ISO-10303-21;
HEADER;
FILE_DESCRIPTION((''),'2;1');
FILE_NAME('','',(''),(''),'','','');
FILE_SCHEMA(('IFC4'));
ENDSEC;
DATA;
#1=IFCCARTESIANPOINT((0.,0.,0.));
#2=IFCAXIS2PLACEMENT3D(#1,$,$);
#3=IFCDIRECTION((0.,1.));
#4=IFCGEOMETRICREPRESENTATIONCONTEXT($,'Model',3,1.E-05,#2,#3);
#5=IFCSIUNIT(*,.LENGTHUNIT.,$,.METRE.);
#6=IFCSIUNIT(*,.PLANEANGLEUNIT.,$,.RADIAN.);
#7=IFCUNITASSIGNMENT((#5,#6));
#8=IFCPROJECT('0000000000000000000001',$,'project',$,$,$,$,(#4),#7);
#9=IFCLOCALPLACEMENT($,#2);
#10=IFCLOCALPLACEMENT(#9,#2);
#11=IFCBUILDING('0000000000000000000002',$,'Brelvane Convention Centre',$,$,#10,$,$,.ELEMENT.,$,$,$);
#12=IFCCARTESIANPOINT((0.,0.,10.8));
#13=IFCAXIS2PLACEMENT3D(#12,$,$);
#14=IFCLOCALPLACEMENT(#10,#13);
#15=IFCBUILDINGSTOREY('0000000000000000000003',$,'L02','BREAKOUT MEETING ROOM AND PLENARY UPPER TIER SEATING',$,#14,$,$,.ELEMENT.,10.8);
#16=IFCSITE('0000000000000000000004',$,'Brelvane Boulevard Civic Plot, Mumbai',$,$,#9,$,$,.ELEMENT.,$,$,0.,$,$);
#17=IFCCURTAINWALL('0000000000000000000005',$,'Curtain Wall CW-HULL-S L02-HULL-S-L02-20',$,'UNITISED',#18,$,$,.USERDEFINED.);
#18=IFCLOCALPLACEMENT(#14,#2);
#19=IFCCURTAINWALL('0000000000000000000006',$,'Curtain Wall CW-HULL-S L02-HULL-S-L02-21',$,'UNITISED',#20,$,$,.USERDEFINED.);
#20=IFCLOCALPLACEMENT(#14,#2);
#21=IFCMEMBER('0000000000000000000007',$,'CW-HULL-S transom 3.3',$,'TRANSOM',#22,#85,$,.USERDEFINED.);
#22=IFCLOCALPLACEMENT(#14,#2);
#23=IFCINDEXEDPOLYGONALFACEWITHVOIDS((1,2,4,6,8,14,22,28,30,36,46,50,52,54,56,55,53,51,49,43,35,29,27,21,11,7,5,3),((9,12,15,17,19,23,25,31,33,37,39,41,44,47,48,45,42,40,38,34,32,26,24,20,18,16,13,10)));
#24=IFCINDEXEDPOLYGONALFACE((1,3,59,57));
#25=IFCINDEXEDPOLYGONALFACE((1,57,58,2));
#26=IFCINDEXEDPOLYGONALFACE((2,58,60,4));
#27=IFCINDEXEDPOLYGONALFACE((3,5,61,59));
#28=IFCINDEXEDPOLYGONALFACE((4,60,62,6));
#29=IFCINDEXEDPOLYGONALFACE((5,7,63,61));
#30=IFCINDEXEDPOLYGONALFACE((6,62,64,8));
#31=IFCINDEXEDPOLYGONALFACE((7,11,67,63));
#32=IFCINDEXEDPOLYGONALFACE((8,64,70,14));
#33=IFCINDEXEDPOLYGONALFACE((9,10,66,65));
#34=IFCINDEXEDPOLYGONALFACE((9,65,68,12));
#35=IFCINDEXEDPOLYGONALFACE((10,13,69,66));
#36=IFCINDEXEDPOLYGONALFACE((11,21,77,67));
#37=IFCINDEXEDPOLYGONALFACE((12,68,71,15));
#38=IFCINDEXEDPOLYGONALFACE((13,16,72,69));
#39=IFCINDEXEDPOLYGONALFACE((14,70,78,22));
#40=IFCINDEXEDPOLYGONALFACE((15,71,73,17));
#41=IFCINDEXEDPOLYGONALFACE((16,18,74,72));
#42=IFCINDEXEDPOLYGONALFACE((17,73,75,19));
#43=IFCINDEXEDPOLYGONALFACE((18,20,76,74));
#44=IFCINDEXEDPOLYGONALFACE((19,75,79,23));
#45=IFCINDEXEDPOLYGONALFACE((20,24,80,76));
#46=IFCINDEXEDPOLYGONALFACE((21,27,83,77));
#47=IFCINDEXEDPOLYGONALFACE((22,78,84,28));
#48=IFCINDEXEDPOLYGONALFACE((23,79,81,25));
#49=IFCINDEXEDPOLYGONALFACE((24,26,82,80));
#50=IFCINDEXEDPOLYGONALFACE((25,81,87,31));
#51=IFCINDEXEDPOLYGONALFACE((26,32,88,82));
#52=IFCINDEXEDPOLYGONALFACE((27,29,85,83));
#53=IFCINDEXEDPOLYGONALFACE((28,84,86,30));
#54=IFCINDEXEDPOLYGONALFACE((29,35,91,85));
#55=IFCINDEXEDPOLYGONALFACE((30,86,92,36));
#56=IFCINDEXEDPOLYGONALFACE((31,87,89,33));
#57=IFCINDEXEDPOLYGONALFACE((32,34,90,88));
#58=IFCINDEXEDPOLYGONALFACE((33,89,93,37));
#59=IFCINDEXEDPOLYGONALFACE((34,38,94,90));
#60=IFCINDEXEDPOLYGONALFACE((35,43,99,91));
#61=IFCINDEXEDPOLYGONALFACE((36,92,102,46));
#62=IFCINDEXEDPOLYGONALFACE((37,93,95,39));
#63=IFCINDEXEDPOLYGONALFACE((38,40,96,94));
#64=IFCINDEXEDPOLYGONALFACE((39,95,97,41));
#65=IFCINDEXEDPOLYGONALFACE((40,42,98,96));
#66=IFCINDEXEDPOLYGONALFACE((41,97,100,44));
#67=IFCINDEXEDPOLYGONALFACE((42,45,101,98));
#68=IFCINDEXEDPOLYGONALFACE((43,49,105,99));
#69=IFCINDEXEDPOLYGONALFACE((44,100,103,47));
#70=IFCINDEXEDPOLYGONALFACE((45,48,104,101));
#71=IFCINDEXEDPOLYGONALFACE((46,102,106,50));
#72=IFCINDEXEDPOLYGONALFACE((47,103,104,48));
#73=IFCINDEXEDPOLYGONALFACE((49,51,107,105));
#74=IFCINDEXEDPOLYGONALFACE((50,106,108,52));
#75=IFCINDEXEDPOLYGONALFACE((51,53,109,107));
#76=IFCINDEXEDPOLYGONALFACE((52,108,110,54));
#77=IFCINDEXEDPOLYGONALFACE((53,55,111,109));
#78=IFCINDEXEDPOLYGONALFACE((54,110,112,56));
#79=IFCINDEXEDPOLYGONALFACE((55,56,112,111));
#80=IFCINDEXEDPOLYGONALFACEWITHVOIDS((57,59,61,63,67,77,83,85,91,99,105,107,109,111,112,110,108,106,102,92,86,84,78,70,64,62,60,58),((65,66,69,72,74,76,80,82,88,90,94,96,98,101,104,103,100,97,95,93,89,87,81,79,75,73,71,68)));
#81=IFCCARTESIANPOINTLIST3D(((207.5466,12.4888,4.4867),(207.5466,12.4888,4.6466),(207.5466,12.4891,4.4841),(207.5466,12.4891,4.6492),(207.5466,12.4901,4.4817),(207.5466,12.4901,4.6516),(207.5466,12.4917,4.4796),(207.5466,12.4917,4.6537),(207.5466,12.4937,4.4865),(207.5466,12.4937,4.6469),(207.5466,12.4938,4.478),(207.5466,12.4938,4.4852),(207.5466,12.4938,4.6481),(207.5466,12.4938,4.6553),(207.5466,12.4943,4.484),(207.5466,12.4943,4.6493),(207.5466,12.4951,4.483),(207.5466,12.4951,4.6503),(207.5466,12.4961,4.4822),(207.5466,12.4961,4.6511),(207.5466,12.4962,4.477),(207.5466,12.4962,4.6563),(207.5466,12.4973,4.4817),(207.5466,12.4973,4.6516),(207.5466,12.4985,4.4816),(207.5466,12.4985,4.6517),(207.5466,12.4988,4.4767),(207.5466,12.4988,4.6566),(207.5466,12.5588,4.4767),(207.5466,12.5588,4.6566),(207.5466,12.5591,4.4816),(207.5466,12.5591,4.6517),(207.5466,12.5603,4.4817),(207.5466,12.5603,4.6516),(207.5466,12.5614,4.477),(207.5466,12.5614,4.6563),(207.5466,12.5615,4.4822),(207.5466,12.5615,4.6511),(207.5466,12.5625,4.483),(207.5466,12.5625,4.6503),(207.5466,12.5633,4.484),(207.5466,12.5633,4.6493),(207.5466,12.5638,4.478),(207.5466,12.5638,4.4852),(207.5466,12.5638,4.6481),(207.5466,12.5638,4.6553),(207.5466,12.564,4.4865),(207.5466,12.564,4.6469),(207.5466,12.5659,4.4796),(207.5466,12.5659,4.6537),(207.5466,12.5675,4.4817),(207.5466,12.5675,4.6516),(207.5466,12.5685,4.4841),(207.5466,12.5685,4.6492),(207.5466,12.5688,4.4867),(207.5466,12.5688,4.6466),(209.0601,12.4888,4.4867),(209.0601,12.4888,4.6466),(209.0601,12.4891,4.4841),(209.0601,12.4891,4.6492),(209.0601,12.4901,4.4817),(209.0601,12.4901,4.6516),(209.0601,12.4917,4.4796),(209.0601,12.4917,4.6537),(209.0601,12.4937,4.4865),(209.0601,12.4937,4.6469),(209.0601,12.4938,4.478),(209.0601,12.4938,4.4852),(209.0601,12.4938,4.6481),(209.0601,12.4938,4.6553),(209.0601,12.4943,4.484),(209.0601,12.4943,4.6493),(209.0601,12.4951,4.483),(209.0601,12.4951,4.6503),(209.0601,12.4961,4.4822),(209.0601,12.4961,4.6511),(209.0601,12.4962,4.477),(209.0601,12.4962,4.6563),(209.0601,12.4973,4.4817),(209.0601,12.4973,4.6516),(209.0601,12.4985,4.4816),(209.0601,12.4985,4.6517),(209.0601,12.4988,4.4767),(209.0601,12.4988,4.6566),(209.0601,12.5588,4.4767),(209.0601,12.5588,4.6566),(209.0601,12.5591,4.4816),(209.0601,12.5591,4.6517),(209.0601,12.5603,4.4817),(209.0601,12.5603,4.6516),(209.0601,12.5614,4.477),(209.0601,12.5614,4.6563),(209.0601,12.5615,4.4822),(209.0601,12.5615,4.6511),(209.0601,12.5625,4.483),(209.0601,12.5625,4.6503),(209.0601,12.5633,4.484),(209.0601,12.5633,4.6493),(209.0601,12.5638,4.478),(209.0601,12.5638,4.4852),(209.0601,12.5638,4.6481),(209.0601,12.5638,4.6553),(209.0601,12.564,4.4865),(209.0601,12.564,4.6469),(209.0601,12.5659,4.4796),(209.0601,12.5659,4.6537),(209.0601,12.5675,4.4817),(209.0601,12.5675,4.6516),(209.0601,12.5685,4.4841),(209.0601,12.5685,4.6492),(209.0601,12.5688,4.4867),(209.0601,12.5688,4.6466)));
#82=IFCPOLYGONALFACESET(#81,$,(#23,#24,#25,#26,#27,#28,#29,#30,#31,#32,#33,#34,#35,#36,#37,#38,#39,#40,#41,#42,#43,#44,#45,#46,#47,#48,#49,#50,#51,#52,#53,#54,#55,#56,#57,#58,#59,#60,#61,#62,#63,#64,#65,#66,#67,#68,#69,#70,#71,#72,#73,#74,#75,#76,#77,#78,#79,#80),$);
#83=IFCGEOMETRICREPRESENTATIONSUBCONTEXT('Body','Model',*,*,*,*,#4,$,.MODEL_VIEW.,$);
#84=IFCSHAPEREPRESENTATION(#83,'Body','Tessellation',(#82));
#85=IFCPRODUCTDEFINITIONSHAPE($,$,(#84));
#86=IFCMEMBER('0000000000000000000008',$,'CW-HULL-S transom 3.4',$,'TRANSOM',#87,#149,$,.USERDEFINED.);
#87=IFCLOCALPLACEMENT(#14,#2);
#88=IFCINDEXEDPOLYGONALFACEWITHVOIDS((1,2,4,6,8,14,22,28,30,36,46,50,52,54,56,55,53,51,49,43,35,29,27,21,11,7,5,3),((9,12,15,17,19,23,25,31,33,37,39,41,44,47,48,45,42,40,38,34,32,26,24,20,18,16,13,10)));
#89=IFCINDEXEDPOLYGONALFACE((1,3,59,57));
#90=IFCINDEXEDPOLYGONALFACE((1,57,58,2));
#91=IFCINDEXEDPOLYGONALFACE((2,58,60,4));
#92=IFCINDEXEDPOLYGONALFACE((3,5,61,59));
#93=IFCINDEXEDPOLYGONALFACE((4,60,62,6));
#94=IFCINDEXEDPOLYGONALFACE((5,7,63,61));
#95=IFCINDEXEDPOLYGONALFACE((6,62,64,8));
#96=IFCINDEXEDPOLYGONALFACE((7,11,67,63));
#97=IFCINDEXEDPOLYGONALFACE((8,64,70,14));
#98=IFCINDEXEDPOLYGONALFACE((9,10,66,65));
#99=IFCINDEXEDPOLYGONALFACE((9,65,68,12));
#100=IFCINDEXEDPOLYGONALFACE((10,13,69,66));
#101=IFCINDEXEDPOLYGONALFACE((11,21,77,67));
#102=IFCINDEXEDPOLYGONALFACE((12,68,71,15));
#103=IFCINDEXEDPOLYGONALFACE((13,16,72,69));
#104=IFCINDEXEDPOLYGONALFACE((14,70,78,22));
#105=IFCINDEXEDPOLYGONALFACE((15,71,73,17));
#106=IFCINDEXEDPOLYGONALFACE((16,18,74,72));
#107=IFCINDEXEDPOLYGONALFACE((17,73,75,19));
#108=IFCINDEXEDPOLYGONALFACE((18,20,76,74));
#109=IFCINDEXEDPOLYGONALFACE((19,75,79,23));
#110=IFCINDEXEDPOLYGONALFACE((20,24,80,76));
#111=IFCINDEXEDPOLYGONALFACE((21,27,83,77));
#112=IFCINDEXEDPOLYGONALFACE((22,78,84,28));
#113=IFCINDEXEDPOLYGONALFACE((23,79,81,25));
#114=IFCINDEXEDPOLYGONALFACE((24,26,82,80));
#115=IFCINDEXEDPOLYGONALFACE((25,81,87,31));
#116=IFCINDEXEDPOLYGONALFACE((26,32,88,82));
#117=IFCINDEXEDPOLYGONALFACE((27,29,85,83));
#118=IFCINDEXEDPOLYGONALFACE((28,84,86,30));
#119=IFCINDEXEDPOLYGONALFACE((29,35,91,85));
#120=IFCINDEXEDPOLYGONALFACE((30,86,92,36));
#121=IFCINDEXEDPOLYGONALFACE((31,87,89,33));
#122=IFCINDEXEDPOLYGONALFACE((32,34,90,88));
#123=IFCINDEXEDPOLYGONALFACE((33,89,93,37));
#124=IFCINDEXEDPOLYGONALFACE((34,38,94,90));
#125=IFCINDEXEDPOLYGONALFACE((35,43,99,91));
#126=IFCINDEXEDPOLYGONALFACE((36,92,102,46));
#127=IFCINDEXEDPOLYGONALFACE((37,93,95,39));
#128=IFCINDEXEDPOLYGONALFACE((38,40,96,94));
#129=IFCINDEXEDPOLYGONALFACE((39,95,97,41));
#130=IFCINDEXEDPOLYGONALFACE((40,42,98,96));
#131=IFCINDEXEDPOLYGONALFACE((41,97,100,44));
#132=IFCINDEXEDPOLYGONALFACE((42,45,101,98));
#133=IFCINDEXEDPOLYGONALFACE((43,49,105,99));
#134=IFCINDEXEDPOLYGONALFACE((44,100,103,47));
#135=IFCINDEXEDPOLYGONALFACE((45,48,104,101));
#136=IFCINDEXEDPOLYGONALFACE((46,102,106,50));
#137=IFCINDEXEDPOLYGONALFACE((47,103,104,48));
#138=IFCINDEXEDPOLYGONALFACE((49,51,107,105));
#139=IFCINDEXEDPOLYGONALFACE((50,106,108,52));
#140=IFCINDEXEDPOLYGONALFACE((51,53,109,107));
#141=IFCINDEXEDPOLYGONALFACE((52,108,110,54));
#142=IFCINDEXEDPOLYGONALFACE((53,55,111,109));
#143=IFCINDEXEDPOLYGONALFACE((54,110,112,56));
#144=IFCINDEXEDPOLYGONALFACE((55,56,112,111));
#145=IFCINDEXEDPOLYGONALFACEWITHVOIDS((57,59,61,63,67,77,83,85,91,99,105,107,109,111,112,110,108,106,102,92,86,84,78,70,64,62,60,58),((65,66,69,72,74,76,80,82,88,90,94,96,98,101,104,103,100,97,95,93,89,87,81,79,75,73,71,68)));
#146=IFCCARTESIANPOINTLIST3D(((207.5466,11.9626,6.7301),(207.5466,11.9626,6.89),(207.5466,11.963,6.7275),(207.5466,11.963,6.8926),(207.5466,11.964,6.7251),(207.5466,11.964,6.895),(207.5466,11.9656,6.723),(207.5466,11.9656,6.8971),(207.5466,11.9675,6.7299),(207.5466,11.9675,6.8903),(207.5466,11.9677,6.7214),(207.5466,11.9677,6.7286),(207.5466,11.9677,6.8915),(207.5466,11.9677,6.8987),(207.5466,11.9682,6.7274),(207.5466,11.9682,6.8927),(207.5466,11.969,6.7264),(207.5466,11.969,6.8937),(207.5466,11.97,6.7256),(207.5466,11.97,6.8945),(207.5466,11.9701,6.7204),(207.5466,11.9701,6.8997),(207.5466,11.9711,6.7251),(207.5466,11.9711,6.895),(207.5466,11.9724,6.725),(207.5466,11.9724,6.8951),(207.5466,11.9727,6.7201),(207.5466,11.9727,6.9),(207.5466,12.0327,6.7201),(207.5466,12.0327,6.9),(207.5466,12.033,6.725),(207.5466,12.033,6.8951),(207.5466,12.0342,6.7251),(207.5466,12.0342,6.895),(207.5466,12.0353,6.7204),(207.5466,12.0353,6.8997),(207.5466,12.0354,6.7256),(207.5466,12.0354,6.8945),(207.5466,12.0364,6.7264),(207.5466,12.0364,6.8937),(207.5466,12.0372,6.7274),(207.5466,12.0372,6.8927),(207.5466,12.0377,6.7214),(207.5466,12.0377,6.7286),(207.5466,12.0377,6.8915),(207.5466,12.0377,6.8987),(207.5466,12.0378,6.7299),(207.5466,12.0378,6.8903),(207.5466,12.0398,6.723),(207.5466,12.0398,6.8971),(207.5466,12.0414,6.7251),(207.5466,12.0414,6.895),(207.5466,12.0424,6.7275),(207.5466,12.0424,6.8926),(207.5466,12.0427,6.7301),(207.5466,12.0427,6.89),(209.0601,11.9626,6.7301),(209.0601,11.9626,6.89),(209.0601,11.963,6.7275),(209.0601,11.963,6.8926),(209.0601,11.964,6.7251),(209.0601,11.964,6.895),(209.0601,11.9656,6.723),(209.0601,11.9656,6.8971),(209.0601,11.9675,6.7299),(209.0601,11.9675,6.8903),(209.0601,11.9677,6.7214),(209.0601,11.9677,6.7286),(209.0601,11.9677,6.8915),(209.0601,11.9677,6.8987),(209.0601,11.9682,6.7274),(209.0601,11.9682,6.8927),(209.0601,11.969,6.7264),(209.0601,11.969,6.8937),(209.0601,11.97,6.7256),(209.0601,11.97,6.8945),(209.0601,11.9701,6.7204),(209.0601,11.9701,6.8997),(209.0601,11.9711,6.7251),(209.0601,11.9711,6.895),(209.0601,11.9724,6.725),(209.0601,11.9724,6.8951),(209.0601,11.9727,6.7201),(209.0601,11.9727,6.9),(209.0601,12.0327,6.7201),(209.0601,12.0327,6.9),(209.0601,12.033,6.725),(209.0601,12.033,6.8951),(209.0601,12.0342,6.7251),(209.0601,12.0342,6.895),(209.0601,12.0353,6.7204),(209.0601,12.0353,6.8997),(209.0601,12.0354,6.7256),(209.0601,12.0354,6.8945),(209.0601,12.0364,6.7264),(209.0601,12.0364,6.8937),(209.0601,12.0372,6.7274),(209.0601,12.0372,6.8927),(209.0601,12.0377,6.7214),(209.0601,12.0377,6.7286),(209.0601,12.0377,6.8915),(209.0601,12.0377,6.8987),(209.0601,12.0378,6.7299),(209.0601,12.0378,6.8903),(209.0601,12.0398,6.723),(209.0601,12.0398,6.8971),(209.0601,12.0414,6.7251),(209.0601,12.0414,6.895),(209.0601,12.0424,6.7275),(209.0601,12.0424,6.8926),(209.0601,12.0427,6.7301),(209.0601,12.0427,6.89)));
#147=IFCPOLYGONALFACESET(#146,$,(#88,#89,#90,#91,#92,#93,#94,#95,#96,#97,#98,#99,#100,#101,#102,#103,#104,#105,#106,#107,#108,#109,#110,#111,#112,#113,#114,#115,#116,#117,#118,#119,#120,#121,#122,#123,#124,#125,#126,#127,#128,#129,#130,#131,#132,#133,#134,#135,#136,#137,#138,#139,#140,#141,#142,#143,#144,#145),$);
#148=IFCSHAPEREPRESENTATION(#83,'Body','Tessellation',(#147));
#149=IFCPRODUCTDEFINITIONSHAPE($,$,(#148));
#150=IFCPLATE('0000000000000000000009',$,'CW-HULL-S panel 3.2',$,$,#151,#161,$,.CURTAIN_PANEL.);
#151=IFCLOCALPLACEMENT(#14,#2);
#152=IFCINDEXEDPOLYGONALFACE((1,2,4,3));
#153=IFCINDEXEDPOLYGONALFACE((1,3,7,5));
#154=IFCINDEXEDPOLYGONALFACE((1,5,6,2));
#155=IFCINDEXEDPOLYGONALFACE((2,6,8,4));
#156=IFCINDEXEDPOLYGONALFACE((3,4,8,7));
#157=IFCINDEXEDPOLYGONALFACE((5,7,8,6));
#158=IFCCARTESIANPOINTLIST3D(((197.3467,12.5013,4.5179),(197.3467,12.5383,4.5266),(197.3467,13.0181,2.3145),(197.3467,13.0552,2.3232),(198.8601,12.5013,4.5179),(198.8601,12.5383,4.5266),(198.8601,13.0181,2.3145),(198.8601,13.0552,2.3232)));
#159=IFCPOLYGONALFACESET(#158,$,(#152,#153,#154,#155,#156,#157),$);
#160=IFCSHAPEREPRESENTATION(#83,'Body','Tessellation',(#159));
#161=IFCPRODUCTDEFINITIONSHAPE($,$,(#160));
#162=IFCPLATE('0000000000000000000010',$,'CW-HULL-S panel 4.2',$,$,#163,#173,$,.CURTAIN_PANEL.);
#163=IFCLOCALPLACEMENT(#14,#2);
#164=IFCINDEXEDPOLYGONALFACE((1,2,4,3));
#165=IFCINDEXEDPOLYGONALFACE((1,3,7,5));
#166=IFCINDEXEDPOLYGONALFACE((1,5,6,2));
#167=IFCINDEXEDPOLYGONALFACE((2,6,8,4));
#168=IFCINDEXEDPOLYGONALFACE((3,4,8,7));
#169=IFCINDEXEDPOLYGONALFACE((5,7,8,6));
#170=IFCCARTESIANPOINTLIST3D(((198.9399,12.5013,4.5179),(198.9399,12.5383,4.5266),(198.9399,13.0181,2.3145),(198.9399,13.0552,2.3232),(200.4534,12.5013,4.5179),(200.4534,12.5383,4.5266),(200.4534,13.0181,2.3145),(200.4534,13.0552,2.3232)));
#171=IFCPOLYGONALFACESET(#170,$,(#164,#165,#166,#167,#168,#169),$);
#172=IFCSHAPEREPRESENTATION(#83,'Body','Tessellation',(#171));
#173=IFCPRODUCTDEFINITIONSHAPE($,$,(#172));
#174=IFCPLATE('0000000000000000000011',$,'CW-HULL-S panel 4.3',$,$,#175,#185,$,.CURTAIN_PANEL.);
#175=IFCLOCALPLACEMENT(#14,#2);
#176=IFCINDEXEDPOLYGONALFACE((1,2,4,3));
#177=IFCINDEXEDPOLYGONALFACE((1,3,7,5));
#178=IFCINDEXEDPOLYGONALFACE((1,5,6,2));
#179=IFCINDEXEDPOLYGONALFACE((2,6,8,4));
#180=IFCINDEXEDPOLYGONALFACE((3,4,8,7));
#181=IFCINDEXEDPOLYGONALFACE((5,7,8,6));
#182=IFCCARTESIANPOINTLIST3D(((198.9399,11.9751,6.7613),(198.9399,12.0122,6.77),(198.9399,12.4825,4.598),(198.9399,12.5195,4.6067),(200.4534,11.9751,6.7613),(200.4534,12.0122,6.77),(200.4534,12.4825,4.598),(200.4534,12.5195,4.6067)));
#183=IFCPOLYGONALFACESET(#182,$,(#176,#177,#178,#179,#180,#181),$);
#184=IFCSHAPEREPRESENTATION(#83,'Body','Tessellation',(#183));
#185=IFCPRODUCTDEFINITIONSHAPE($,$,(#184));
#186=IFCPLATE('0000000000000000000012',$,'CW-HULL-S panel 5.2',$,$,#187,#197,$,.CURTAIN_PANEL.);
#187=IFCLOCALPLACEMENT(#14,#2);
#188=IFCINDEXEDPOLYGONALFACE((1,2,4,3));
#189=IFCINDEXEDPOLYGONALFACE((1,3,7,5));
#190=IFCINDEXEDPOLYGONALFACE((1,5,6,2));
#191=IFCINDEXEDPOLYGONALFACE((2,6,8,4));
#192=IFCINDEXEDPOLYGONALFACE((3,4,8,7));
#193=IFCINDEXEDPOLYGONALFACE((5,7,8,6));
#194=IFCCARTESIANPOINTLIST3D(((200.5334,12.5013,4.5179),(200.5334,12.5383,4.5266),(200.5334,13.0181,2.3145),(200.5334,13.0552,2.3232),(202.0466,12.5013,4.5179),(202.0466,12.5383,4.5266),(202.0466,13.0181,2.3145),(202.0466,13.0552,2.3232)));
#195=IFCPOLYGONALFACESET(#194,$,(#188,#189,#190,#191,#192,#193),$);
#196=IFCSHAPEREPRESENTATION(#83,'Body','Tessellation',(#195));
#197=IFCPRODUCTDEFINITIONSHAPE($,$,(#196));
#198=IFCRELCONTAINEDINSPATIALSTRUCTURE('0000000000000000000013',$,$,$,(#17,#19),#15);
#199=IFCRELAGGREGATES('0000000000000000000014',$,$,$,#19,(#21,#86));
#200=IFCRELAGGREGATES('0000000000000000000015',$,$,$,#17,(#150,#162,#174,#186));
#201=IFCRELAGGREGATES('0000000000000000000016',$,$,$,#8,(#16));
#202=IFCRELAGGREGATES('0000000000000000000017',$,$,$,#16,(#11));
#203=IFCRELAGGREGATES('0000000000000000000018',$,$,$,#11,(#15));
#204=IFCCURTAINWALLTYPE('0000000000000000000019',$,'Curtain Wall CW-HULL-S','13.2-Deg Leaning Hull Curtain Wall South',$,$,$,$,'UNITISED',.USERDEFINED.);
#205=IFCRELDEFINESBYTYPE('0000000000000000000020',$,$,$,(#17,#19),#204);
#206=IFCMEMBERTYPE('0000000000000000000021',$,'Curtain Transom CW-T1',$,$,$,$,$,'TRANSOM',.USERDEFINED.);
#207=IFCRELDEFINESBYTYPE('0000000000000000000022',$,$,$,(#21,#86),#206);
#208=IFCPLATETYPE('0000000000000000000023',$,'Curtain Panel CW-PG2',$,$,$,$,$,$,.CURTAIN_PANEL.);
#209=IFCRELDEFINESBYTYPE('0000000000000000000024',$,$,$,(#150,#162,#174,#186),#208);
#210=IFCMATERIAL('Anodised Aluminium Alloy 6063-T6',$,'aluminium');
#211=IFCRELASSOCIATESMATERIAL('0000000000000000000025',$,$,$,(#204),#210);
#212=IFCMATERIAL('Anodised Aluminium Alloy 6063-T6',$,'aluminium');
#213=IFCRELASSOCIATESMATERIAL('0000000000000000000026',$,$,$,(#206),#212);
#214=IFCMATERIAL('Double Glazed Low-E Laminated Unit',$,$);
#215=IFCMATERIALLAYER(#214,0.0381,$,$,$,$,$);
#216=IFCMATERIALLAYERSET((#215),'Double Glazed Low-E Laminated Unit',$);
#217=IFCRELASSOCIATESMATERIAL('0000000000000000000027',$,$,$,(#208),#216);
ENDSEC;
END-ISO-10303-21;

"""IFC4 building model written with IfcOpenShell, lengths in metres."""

from ifc_helpers import new_model, si_unit, direction, frame, origin, origin_2d, place, context, subcontext, project, spatial, polyline, hollow_rectangle, outline, extrude, material, layer, layer_set, material_profile, profile_set, type_object, element, aggregate, save


model = new_model("IFC4")

# Units and contexts
model_context = context("Model", 3, precision=1e-05, world=origin(), true_north=direction((0.0, 1.0)))
body_context = subcontext(model_context, "Body", "Model", "MODEL_VIEW")
ifc_project = project(units=[si_unit("LENGTHUNIT", "METRE"), si_unit("PLANEANGLEUNIT", "RADIAN")], contexts=[model_context])

# Site, building, storey
site_placement = place(None, origin())
site = spatial("IfcSite", under=ifc_project, at=site_placement, Name="Brelvane Boulevard Civic Plot, Mumbai", CompositionType="ELEMENT", RefElevation=0.0)
building_placement = place(site_placement, origin())
building = spatial("IfcBuilding", under=site, at=building_placement, Name="Brelvane Convention Centre", CompositionType="ELEMENT")
storey_placement = place(building_placement, frame((0.0, 0.0, 10.8)))
storey = spatial("IfcBuildingStorey", under=building, at=storey_placement, Name="L02", Description="BREAKOUT MEETING ROOM AND PLENARY UPPER TIER SEATING", CompositionType="ELEMENT", Elevation=10.8)

# Curtain walls, members
ifc_material_1 = material(Name="Anodised Aluminium Alloy 6063-T6", Category="aluminium")
curtain_wall_type = type_object("IfcCurtainWallType", Name="Curtain Wall CW-HULL-S", Description="13.2-Deg Leaning Hull Curtain Wall South", ElementType="UNITISED", PredefinedType="USERDEFINED", material=ifc_material_1)
curtain_wall_1_placement = place(storey_placement, origin())
curtain_wall_1 = element("IfcCurtainWall", 1, at=curtain_wall_1_placement, inside=storey, type_object=curtain_wall_type, Name="Curtain Wall CW-HULL-S L02-HULL-S-L02-20", ObjectType="UNITISED", PredefinedType="USERDEFINED")
ifc_material_2 = material(Name="Anodised Aluminium Alloy 6063-T6", Category="aluminium")
ifc_material_profile = material_profile(ifc_material_2, hollow_rectangle(XDim=0.0801, YDim=0.1799, WallThickness=0.0049, InnerFilletRadius=0.0049, OuterFilletRadius=0.01, at=origin_2d()), Name="ALU-T 180x80x5.0")
ifc_profile_set = profile_set([ifc_material_profile], Name="Anodised Aluminium Alloy 6063-T6")
member_type = type_object("IfcMemberType", Name="Curtain Transom CW-T1", ElementType="TRANSOM", PredefinedType="USERDEFINED", material=ifc_profile_set)
curtain_wall_2_placement = place(storey_placement, origin())
curtain_wall_2 = element("IfcCurtainWall", 2, at=curtain_wall_2_placement, inside=storey, type_object=curtain_wall_type, Name="Curtain Wall CW-HULL-S L02-HULL-S-L02-21", ObjectType="UNITISED", PredefinedType="USERDEFINED")
member_1_placement = place(storey_placement, frame((207.5466, 12.5288, 4.5667), z_axis=(1.0, 0.0, 0.0), x_axis=(0.0, 1.0, 0.0)))
member_1 = element("IfcMember", 3, at=member_1_placement, type_object=member_type, Name="CW-HULL-S transom 3.3", ObjectType="TRANSOM", PredefinedType="USERDEFINED", context=body_context, shape_type="SweptSolid", body=[
    extrude(hollow_rectangle(XDim=0.0801, YDim=0.1799, WallThickness=0.0049, InnerFilletRadius=0.0049, OuterFilletRadius=0.01, at=origin_2d()), origin(), (0.0, 0.0, 1.0), 1.5134),
])
member_2_placement = place(storey_placement, frame((207.5466, 12.0027, 6.8101), z_axis=(1.0, 0.0, 0.0), x_axis=(0.0, 1.0, 0.0)))
member_2 = element("IfcMember", 4, at=member_2_placement, type_object=member_type, Name="CW-HULL-S transom 3.4", ObjectType="TRANSOM", PredefinedType="USERDEFINED", context=body_context, shape_type="SweptSolid", body=[
    extrude(hollow_rectangle(XDim=0.0801, YDim=0.1799, WallThickness=0.0049, InnerFilletRadius=0.0049, OuterFilletRadius=0.01, at=origin_2d()), origin(), (0.0, 0.0, 1.0), 1.5134),
])

# Plates
ifc_material_3 = material(Name="Double Glazed Low-E Laminated Unit")
ifc_layer_1 = layer(ifc_material_3, 0.0381)
ifc_layer_set_1 = layer_set([ifc_layer_1], Name="Double Glazed Low-E Laminated Unit")
plate_type_1 = type_object("IfcPlateType", Name="Curtain Panel CW-PG2", PredefinedType="CURTAIN_PANEL", material=ifc_layer_set_1)
plate_1_placement = place(storey_placement, frame((197.3467, 13.0552, 2.3232), z_axis=(0.0, 0.973574, 0.228372), x_axis=(1.0, 0.0, 0.0)))
plate_1 = element("IfcPlate", 5, at=plate_1_placement, type_object=plate_type_1, Name="CW-HULL-S panel 3.2", PredefinedType="CURTAIN_PANEL", context=body_context, shape_type="SweptSolid", body=[
    extrude(outline(polyline([(0.0, 0.0), (1.5134, 0.0), (1.5134, -2.2632), (0.0, -2.2632), (0.0, 0.0)])), origin(), (0.0, 0.0, -1.0), 0.0381),
])
plate_2_placement = place(storey_placement, frame((198.9399, 13.0552, 2.3232), z_axis=(0.0, 0.973574, 0.228372), x_axis=(1.0, 0.0, 0.0)))
plate_2 = element("IfcPlate", 6, at=plate_2_placement, type_object=plate_type_1, Name="CW-HULL-S panel 4.2", PredefinedType="CURTAIN_PANEL", context=body_context, shape_type="SweptSolid", body=[
    extrude(outline(polyline([(0.0, 0.0), (1.5134, 0.0), (1.5134, -2.2632), (0.0, -2.2632), (0.0, 0.0)])), origin(), (0.0, 0.0, -1.0), 0.0381),
])
plate_3_placement = place(storey_placement, frame((198.9399, 12.5195, 4.6067), z_axis=(0.0, 0.973587, 0.228317), x_axis=(1.0, 0.0, 0.0)))
plate_3 = element("IfcPlate", 7, at=plate_3_placement, type_object=plate_type_1, Name="CW-HULL-S panel 4.3", PredefinedType="CURTAIN_PANEL", context=body_context, shape_type="SweptSolid", body=[
    extrude(outline(polyline([(0.0, 0.0), (1.5134, 0.0), (1.5134, -2.222), (0.0, -2.222), (0.0, 0.0)])), origin(), (0.0, 0.0, -1.0), 0.0381),
])
plate_4_placement = place(storey_placement, frame((200.5334, 13.0552, 2.3232), z_axis=(0.0, 0.973574, 0.228372), x_axis=(1.0, 0.0, 0.0)))
plate_4 = element("IfcPlate", 8, at=plate_4_placement, type_object=plate_type_1, Name="CW-HULL-S panel 5.2", PredefinedType="CURTAIN_PANEL", context=body_context, shape_type="SweptSolid", body=[
    extrude(outline(polyline([(0.0, 0.0), (1.5132, 0.0), (1.5132, -2.2632), (0.0, -2.2632), (0.0, 0.0)])), origin(), (0.0, 0.0, -1.0), 0.0381),
])
aggregate(curtain_wall_2, [member_1, member_2])
aggregate(curtain_wall_1, [plate_1, plate_2, plate_3, plate_4])

save(model, "model.ifc")
